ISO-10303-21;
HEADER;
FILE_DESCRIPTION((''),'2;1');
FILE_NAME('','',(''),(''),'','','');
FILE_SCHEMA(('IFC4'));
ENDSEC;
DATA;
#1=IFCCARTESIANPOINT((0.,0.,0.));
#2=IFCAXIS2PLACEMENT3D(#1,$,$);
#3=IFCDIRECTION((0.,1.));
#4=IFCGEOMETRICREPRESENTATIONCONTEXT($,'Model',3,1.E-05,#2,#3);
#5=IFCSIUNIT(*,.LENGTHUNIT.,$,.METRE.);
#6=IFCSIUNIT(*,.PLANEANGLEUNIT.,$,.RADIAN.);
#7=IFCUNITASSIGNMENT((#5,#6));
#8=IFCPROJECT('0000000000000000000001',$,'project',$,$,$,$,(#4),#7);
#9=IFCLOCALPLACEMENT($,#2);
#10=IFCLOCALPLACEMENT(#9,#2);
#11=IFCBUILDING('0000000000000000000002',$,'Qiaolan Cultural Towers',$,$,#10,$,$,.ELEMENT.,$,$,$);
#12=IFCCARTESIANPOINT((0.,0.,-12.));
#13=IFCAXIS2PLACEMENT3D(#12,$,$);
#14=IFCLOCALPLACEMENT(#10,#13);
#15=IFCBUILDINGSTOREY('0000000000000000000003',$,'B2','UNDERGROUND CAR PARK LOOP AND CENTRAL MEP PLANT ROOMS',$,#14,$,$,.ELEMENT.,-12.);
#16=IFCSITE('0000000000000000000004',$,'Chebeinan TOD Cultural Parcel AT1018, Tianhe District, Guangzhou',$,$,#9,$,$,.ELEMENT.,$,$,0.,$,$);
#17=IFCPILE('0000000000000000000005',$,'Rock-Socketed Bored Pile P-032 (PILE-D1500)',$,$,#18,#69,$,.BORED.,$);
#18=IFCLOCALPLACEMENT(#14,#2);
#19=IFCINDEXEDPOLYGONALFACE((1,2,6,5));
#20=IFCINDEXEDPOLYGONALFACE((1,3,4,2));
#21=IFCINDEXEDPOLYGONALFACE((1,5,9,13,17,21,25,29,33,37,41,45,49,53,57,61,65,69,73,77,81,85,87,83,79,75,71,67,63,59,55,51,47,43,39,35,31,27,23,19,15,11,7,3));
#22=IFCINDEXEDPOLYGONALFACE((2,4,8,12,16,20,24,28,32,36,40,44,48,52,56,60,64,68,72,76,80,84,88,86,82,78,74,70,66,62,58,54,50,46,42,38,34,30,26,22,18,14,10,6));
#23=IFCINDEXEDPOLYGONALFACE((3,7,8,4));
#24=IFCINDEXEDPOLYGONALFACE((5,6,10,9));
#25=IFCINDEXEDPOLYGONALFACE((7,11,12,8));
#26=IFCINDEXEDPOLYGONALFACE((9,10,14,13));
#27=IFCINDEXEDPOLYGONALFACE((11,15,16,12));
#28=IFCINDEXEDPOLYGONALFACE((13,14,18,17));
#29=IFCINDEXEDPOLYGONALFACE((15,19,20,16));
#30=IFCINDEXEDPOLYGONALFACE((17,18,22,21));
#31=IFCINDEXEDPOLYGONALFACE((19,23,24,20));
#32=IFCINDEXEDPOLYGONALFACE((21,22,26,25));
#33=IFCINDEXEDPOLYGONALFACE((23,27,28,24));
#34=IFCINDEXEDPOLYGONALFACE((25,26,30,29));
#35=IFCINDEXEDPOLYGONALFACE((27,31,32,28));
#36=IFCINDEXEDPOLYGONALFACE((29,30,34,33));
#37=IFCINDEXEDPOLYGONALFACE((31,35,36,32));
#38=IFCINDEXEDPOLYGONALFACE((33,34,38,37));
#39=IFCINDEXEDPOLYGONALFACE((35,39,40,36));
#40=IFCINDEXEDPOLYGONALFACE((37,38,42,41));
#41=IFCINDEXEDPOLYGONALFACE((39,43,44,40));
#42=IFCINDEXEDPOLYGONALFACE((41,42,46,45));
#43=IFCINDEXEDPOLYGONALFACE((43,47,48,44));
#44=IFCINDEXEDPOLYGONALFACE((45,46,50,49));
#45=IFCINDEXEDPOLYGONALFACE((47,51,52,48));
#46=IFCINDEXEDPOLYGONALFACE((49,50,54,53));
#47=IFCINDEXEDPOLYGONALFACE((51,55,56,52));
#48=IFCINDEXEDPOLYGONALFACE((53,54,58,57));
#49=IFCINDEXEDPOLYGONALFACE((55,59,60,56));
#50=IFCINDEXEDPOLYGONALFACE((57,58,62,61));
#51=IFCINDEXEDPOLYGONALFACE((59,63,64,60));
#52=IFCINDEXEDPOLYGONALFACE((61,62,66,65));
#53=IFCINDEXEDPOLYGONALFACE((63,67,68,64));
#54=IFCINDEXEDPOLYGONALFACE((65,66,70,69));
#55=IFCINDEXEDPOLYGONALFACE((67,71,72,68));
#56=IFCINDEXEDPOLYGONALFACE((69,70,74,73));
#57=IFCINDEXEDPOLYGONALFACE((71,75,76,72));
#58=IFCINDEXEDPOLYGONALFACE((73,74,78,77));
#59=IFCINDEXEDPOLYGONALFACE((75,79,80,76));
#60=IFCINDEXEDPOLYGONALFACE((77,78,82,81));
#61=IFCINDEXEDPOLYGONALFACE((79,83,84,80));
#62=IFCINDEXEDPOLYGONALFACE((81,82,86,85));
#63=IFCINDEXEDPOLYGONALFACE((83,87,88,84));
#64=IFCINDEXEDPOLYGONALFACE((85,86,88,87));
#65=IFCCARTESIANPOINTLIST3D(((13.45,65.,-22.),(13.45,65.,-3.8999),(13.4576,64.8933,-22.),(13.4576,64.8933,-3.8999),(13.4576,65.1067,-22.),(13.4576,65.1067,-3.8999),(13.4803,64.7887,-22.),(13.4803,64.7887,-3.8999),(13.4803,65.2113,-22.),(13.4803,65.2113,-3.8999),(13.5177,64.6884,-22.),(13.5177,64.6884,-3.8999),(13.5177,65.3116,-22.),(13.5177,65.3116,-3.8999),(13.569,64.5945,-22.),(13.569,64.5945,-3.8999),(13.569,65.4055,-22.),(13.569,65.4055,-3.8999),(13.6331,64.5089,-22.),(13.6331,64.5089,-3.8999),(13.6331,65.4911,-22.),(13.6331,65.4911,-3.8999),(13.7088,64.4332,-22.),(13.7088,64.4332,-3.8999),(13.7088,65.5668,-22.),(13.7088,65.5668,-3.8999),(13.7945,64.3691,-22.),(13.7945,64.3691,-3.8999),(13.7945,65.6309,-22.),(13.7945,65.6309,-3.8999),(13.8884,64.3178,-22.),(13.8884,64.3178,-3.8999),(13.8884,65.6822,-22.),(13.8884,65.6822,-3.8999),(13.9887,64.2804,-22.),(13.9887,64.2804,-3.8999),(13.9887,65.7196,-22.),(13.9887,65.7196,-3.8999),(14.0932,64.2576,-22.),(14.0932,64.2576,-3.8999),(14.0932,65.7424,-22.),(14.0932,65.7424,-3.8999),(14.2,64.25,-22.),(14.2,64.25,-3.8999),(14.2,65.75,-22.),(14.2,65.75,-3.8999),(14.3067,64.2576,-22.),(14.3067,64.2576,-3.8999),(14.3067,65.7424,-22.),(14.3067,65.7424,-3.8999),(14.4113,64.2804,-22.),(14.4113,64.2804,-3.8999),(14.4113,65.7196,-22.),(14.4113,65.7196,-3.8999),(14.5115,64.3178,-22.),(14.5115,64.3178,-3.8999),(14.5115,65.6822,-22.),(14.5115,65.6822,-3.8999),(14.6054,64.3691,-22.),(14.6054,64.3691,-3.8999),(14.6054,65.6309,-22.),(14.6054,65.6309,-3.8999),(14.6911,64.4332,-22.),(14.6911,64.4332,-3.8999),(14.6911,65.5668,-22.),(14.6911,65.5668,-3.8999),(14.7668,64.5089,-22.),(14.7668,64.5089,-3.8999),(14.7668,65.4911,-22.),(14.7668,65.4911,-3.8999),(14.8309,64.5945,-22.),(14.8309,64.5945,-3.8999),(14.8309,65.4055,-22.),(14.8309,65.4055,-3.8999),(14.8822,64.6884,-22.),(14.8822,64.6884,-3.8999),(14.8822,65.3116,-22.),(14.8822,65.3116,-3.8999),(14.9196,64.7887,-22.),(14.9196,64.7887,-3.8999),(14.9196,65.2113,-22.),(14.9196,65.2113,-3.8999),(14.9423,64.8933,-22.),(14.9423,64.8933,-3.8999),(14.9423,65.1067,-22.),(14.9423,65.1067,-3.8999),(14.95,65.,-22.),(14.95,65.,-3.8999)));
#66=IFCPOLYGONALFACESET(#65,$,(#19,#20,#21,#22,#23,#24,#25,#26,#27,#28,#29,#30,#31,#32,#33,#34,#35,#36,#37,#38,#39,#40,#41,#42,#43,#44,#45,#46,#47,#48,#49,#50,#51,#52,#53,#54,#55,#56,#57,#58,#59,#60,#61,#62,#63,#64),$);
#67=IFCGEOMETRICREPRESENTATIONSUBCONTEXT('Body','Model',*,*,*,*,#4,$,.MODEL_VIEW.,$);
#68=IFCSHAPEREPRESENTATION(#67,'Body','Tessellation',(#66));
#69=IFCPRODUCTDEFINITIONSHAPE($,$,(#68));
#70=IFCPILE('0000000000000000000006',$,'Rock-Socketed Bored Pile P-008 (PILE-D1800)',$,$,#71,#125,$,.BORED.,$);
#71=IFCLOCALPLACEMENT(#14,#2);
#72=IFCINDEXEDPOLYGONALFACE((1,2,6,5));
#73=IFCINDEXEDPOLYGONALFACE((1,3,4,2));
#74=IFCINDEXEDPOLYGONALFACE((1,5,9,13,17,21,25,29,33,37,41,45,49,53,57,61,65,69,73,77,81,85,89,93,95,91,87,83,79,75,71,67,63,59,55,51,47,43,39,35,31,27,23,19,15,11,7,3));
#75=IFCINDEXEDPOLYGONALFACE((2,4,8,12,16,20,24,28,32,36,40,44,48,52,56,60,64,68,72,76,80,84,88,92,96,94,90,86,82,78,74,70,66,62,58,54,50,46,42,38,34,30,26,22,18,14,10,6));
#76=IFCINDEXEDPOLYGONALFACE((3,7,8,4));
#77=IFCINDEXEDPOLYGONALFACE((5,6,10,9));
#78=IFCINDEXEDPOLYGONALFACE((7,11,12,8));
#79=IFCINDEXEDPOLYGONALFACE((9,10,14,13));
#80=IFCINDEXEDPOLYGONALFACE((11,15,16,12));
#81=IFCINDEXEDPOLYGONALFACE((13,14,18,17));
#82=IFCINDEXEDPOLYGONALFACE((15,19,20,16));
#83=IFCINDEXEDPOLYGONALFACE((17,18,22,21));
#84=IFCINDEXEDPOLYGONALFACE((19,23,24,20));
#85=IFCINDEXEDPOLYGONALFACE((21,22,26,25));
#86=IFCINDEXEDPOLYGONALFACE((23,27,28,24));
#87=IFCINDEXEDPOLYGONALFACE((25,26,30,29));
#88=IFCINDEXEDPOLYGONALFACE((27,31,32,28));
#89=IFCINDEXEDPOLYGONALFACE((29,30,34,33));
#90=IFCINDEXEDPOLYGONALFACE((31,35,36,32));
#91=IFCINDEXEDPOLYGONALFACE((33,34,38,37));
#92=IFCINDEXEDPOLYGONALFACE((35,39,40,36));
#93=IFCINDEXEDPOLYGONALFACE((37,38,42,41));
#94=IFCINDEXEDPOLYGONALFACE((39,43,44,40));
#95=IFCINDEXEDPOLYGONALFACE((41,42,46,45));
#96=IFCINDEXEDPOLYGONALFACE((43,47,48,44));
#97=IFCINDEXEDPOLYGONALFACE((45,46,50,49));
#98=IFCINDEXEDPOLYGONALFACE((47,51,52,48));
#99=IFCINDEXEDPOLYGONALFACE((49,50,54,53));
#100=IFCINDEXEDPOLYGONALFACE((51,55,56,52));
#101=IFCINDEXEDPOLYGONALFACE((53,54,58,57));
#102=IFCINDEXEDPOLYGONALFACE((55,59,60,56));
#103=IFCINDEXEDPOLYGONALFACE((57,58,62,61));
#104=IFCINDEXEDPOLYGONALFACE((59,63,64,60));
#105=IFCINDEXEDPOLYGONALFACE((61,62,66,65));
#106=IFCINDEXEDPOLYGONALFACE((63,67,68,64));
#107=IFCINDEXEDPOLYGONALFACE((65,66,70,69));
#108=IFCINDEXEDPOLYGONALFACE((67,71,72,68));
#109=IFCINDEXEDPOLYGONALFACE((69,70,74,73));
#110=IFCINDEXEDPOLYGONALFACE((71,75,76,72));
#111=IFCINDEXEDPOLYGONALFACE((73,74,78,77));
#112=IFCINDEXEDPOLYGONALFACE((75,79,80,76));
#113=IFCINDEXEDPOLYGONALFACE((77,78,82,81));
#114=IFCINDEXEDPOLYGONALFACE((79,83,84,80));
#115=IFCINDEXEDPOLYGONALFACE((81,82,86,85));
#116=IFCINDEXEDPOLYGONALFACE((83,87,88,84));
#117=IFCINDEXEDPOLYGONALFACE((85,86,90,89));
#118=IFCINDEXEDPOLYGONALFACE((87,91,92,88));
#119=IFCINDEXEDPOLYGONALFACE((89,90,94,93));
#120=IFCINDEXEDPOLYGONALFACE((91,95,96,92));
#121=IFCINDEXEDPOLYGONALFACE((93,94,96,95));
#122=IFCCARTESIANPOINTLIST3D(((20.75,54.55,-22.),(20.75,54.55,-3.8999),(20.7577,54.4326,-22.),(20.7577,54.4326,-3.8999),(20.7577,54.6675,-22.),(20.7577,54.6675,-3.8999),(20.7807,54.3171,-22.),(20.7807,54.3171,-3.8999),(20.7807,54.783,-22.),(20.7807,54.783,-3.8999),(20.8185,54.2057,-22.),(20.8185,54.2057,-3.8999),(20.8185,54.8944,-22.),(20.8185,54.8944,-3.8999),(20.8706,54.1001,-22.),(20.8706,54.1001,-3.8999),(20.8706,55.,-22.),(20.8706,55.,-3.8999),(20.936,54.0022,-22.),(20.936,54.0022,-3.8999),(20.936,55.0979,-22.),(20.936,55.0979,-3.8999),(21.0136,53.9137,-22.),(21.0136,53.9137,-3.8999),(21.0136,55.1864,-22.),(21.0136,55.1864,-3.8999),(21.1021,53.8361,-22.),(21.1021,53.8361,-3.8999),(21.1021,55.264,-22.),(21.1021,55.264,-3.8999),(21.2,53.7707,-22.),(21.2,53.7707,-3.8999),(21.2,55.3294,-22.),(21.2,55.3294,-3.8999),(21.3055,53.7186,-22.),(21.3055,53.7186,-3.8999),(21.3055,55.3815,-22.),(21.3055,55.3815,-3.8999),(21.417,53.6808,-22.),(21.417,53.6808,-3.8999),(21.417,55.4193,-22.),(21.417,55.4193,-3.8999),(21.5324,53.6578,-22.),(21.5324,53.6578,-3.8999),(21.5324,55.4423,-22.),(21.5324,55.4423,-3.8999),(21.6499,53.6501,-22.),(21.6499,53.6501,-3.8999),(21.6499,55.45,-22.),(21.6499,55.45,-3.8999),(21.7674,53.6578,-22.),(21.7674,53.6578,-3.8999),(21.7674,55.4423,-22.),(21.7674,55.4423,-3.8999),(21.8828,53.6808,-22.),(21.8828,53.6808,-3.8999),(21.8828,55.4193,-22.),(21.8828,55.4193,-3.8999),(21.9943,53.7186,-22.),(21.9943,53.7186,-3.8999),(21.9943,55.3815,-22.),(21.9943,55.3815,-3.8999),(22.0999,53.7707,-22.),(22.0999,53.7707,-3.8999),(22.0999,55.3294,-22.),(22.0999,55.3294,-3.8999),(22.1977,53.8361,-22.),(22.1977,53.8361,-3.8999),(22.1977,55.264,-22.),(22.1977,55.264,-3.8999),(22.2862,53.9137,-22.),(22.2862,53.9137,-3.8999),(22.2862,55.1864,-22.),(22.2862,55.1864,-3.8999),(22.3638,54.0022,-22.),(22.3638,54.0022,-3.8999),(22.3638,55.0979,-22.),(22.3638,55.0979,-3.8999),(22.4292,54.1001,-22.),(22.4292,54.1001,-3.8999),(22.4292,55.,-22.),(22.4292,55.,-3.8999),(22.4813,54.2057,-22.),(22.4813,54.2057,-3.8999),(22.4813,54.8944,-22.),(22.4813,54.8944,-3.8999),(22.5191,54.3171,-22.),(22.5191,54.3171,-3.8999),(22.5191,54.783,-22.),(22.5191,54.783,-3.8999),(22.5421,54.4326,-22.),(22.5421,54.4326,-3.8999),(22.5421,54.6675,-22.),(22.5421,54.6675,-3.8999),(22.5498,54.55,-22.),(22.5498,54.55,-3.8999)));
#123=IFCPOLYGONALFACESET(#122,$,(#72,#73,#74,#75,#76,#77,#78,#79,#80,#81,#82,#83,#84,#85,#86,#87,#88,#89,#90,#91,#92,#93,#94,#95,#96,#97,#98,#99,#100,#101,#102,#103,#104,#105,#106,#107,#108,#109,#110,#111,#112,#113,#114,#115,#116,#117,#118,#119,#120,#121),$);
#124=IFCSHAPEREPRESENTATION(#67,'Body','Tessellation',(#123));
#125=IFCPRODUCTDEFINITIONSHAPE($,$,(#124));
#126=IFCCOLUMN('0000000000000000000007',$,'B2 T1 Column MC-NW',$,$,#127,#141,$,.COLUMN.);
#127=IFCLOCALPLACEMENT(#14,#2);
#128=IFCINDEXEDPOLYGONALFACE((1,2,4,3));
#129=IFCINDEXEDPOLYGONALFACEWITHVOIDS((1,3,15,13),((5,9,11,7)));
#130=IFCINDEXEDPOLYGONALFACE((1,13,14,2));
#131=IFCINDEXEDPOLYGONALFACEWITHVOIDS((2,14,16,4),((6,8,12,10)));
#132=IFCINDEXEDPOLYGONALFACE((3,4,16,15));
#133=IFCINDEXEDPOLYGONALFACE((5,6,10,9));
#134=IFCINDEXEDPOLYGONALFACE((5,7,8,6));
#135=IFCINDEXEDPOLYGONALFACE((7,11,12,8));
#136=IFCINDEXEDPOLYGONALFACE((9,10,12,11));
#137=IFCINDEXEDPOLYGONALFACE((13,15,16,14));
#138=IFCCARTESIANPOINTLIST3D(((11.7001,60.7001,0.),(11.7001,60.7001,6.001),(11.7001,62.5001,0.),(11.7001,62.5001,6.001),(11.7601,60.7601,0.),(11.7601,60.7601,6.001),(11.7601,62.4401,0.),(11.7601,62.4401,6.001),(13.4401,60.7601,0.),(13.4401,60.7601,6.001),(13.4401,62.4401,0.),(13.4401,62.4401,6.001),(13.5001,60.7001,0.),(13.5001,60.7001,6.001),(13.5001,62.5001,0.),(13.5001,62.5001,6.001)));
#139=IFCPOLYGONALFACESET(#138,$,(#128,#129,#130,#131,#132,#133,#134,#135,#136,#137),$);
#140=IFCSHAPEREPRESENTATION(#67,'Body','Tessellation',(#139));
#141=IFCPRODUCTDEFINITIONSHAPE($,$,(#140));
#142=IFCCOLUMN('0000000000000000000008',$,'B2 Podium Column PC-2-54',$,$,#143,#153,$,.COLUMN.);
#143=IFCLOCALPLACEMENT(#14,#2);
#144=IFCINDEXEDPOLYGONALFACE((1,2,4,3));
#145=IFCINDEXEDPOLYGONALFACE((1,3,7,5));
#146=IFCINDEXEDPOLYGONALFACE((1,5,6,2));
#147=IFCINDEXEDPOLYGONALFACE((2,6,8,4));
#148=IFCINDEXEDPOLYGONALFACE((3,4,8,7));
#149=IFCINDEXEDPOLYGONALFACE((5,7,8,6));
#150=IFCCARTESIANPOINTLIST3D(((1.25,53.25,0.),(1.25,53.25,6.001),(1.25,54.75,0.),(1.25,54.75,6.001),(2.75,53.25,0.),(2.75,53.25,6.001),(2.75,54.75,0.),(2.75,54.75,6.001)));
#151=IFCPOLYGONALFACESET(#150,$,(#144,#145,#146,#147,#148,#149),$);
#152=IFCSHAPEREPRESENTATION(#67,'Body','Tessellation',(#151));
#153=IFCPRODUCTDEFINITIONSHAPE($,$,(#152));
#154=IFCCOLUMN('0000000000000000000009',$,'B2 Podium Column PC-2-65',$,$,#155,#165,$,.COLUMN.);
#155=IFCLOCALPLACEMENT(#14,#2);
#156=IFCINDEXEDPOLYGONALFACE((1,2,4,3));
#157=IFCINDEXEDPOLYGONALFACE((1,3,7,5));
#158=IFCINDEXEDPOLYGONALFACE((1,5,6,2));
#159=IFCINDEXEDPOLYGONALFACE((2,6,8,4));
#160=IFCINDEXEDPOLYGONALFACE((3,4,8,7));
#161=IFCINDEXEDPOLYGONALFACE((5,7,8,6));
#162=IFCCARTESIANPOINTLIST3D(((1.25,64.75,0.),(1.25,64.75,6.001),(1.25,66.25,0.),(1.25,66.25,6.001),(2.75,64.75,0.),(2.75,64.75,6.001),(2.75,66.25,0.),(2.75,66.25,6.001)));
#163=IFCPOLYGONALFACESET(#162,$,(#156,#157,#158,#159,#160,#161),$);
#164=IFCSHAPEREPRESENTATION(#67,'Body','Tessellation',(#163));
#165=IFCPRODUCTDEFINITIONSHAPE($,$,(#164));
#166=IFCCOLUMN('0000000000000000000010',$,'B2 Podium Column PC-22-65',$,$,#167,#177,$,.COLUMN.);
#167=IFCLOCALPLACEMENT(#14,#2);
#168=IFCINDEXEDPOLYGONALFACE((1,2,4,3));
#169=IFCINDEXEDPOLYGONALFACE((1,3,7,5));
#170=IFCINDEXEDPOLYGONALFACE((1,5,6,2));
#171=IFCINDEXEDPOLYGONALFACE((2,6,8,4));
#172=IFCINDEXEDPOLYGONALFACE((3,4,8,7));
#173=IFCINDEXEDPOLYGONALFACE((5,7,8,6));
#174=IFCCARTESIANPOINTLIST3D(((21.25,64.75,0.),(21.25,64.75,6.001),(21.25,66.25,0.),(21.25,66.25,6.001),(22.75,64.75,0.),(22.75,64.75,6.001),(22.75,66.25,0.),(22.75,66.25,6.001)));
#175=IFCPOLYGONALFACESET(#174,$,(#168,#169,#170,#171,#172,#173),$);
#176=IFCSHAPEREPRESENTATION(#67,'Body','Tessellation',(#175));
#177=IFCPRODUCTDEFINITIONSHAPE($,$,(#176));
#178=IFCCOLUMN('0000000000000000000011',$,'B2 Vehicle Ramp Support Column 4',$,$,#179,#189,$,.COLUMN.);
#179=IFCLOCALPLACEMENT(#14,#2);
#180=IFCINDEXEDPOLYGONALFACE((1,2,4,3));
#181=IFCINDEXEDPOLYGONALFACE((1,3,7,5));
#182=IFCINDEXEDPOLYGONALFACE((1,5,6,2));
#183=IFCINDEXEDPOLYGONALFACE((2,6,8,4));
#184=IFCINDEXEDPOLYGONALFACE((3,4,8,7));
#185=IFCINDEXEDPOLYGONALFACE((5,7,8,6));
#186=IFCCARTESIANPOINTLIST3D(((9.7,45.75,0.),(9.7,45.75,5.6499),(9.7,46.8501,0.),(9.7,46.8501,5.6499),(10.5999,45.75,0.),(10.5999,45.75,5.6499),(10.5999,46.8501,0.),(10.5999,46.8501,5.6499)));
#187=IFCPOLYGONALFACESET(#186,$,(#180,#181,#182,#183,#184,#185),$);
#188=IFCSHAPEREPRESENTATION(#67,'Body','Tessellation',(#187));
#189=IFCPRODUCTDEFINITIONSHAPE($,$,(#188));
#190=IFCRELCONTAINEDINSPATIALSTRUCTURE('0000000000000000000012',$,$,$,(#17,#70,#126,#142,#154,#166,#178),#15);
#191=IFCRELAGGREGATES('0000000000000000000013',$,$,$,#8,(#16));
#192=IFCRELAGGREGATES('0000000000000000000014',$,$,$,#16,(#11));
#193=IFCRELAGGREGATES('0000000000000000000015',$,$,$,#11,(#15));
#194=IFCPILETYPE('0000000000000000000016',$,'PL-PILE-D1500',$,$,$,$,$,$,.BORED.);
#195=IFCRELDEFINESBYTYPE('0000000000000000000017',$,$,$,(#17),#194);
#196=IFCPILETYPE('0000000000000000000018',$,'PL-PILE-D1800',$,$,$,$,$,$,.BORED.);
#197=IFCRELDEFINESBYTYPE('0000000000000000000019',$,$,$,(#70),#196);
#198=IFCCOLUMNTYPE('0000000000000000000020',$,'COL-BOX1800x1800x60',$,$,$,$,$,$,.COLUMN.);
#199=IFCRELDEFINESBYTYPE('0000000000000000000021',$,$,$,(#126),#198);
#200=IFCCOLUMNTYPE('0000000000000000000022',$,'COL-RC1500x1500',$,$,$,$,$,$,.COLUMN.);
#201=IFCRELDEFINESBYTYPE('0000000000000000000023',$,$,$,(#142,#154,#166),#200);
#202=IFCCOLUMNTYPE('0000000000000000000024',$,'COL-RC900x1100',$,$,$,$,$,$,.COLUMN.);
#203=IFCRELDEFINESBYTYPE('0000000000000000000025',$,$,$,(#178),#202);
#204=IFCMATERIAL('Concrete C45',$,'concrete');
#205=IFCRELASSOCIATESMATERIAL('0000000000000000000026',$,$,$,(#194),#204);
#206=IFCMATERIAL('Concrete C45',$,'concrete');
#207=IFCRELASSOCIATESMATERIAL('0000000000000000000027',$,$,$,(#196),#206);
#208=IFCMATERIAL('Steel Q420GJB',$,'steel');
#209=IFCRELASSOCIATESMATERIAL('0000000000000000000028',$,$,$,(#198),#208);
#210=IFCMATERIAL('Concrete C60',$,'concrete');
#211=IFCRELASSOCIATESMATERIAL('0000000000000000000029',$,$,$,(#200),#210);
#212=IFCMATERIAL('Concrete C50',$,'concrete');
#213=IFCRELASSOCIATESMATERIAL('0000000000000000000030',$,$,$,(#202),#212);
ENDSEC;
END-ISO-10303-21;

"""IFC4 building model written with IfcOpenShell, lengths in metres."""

from ifc_helpers import new_model, si_unit, direction, frame, origin, origin_2d, place, context, subcontext, project, spatial, rectangle, hollow_rectangle, circle, extrude, material, material_profile, profile_set, type_object, element, save


model = new_model("IFC4")

# Units and contexts
model_context = context("Model", 3, precision=1e-05, world=origin(), true_north=direction((0.0, 1.0)))
body_context = subcontext(model_context, "Body", "Model", "MODEL_VIEW")
ifc_project = project(units=[si_unit("LENGTHUNIT", "METRE"), si_unit("PLANEANGLEUNIT", "RADIAN")], contexts=[model_context])

# Site, building, storey
site_placement = place(None, origin())
site = spatial("IfcSite", under=ifc_project, at=site_placement, Name="Chebeinan TOD Cultural Parcel AT1018, Tianhe District, Guangzhou", CompositionType="ELEMENT", RefElevation=0.0)
building_placement = place(site_placement, origin())
building = spatial("IfcBuilding", under=site, at=building_placement, Name="Qiaolan Cultural Towers", CompositionType="ELEMENT")
storey_placement = place(building_placement, frame((0.0, 0.0, -12.0)))
storey = spatial("IfcBuildingStorey", under=building, at=storey_placement, Name="B2", Description="UNDERGROUND CAR PARK LOOP AND CENTRAL MEP PLANT ROOMS", CompositionType="ELEMENT", Elevation=-12.0)

# Piles
ifc_material_1 = material(Name="Concrete C45", Category="concrete")
ifc_material_profile_1 = material_profile(ifc_material_1, circle(Radius=0.75, at=origin_2d()), Name="PILE-D1500")
ifc_profile_set_1 = profile_set([ifc_material_profile_1], Name="Concrete C45")
pile_type_1 = type_object("IfcPileType", Name="PL-PILE-D1500", PredefinedType="BORED", material=ifc_profile_set_1)
for number, where, z_axis, x_axis, name in (
    (1, (14.2, 65.0, -3.8999), (0.0, 0.0, -1.0), (1.0, 0.0, 0.0), "Rock-Socketed Bored Pile P-032 (PILE-D1500)"),
):
    element("IfcPile", number, at=place(storey_placement, frame(where, z_axis=z_axis, x_axis=x_axis)), inside=storey, type_object=pile_type_1, Name=name, PredefinedType="BORED", context=body_context, shape_type="SweptSolid", body=[
        extrude(circle(Radius=0.75, at=origin_2d()), origin(), (0.0, 0.0, 1.0), 18.1001),
    ])
ifc_material_2 = material(Name="Concrete C45", Category="concrete")
ifc_material_profile_2 = material_profile(ifc_material_2, circle(Radius=0.8999, at=origin_2d()), Name="PILE-D1800")
ifc_profile_set_2 = profile_set([ifc_material_profile_2], Name="Concrete C45")
pile_type_2 = type_object("IfcPileType", Name="PL-PILE-D1800", PredefinedType="BORED", material=ifc_profile_set_2)
pile_placement = place(storey_placement, frame((21.6499, 54.55, -3.8999), z_axis=(0.0, 0.0, -1.0), x_axis=(1.0, 0.0, 0.0)))
element("IfcPile", 2, at=pile_placement, inside=storey, type_object=pile_type_2, Name="Rock-Socketed Bored Pile P-008 (PILE-D1800)", PredefinedType="BORED", context=body_context, shape_type="SweptSolid", body=[
    extrude(circle(Radius=0.8999, at=origin_2d()), origin(), (0.0, 0.0, 1.0), 18.1001),
])

# Columns
ifc_material_3 = material(Name="Steel Q420GJB", Category="steel")
ifc_material_profile_3 = material_profile(ifc_material_3, hollow_rectangle(XDim=1.8, YDim=1.8, WallThickness=0.0601, at=origin_2d()), Name="BOX1800x1800x60")
ifc_profile_set_3 = profile_set([ifc_material_profile_3], Name="Steel Q420GJB")
column_type_1 = type_object("IfcColumnType", Name="COL-BOX1800x1800x60", PredefinedType="COLUMN", material=ifc_profile_set_3)
column_1_placement = place(storey_placement, frame((12.6001, 61.6001, 0.0), z_axis=(0.0, 0.0, 1.0), x_axis=(1.0, 0.0, 0.0)))
element("IfcColumn", 3, at=column_1_placement, inside=storey, type_object=column_type_1, Name="B2 T1 Column MC-NW", PredefinedType="COLUMN", context=body_context, shape_type="SweptSolid", body=[
    extrude(hollow_rectangle(XDim=1.8, YDim=1.8, WallThickness=0.0601, at=origin_2d()), origin(), (0.0, 0.0, 1.0), 6.001),
])
ifc_material_4 = material(Name="Concrete C60", Category="concrete")
ifc_material_profile_4 = material_profile(ifc_material_4, rectangle(XDim=1.5, YDim=1.5, at=origin_2d()), Name="RC1500x1500")
ifc_profile_set_4 = profile_set([ifc_material_profile_4], Name="Concrete C60")
column_type_2 = type_object("IfcColumnType", Name="COL-RC1500x1500", PredefinedType="COLUMN", material=ifc_profile_set_4)
for number, where, z_axis, x_axis, name in (
    (4, (2.0, 54.0, 0.0), (0.0, 0.0, 1.0), (1.0, 0.0, 0.0), "B2 Podium Column PC-2-54"),
    (5, (2.0, 65.5, 0.0), (0.0, 0.0, 1.0), (1.0, 0.0, 0.0), "B2 Podium Column PC-2-65"),
    (6, (22.0, 65.5, 0.0), (0.0, 0.0, 1.0), (1.0, 0.0, 0.0), "B2 Podium Column PC-22-65"),
):
    element("IfcColumn", number, at=place(storey_placement, frame(where, z_axis=z_axis, x_axis=x_axis)), inside=storey, type_object=column_type_2, Name=name, PredefinedType="COLUMN", context=body_context, shape_type="SweptSolid", body=[
        extrude(rectangle(XDim=1.5, YDim=1.5, at=origin_2d()), origin(), (0.0, 0.0, 1.0), 6.001),
    ])
ifc_material_5 = material(Name="Concrete C50", Category="concrete")
ifc_material_profile_5 = material_profile(ifc_material_5, rectangle(XDim=0.8999, YDim=1.1001, at=origin_2d()), Name="RC900x1100")
ifc_profile_set_5 = profile_set([ifc_material_profile_5], Name="Concrete C50")
column_type_3 = type_object("IfcColumnType", Name="COL-RC900x1100", PredefinedType="COLUMN", material=ifc_profile_set_5)
column_2_placement = place(storey_placement, frame((10.1499, 46.3, 0.0), z_axis=(0.0, 0.0, 1.0), x_axis=(1.0, 0.0, 0.0)))
element("IfcColumn", 7, at=column_2_placement, inside=storey, type_object=column_type_3, Name="B2 Vehicle Ramp Support Column 4", PredefinedType="COLUMN", context=body_context, shape_type="SweptSolid", body=[
    extrude(rectangle(XDim=0.8999, YDim=1.1001, at=origin_2d()), origin(), (0.0, 0.0, 1.0), 5.6499),
])

save(model, "model.ifc")
